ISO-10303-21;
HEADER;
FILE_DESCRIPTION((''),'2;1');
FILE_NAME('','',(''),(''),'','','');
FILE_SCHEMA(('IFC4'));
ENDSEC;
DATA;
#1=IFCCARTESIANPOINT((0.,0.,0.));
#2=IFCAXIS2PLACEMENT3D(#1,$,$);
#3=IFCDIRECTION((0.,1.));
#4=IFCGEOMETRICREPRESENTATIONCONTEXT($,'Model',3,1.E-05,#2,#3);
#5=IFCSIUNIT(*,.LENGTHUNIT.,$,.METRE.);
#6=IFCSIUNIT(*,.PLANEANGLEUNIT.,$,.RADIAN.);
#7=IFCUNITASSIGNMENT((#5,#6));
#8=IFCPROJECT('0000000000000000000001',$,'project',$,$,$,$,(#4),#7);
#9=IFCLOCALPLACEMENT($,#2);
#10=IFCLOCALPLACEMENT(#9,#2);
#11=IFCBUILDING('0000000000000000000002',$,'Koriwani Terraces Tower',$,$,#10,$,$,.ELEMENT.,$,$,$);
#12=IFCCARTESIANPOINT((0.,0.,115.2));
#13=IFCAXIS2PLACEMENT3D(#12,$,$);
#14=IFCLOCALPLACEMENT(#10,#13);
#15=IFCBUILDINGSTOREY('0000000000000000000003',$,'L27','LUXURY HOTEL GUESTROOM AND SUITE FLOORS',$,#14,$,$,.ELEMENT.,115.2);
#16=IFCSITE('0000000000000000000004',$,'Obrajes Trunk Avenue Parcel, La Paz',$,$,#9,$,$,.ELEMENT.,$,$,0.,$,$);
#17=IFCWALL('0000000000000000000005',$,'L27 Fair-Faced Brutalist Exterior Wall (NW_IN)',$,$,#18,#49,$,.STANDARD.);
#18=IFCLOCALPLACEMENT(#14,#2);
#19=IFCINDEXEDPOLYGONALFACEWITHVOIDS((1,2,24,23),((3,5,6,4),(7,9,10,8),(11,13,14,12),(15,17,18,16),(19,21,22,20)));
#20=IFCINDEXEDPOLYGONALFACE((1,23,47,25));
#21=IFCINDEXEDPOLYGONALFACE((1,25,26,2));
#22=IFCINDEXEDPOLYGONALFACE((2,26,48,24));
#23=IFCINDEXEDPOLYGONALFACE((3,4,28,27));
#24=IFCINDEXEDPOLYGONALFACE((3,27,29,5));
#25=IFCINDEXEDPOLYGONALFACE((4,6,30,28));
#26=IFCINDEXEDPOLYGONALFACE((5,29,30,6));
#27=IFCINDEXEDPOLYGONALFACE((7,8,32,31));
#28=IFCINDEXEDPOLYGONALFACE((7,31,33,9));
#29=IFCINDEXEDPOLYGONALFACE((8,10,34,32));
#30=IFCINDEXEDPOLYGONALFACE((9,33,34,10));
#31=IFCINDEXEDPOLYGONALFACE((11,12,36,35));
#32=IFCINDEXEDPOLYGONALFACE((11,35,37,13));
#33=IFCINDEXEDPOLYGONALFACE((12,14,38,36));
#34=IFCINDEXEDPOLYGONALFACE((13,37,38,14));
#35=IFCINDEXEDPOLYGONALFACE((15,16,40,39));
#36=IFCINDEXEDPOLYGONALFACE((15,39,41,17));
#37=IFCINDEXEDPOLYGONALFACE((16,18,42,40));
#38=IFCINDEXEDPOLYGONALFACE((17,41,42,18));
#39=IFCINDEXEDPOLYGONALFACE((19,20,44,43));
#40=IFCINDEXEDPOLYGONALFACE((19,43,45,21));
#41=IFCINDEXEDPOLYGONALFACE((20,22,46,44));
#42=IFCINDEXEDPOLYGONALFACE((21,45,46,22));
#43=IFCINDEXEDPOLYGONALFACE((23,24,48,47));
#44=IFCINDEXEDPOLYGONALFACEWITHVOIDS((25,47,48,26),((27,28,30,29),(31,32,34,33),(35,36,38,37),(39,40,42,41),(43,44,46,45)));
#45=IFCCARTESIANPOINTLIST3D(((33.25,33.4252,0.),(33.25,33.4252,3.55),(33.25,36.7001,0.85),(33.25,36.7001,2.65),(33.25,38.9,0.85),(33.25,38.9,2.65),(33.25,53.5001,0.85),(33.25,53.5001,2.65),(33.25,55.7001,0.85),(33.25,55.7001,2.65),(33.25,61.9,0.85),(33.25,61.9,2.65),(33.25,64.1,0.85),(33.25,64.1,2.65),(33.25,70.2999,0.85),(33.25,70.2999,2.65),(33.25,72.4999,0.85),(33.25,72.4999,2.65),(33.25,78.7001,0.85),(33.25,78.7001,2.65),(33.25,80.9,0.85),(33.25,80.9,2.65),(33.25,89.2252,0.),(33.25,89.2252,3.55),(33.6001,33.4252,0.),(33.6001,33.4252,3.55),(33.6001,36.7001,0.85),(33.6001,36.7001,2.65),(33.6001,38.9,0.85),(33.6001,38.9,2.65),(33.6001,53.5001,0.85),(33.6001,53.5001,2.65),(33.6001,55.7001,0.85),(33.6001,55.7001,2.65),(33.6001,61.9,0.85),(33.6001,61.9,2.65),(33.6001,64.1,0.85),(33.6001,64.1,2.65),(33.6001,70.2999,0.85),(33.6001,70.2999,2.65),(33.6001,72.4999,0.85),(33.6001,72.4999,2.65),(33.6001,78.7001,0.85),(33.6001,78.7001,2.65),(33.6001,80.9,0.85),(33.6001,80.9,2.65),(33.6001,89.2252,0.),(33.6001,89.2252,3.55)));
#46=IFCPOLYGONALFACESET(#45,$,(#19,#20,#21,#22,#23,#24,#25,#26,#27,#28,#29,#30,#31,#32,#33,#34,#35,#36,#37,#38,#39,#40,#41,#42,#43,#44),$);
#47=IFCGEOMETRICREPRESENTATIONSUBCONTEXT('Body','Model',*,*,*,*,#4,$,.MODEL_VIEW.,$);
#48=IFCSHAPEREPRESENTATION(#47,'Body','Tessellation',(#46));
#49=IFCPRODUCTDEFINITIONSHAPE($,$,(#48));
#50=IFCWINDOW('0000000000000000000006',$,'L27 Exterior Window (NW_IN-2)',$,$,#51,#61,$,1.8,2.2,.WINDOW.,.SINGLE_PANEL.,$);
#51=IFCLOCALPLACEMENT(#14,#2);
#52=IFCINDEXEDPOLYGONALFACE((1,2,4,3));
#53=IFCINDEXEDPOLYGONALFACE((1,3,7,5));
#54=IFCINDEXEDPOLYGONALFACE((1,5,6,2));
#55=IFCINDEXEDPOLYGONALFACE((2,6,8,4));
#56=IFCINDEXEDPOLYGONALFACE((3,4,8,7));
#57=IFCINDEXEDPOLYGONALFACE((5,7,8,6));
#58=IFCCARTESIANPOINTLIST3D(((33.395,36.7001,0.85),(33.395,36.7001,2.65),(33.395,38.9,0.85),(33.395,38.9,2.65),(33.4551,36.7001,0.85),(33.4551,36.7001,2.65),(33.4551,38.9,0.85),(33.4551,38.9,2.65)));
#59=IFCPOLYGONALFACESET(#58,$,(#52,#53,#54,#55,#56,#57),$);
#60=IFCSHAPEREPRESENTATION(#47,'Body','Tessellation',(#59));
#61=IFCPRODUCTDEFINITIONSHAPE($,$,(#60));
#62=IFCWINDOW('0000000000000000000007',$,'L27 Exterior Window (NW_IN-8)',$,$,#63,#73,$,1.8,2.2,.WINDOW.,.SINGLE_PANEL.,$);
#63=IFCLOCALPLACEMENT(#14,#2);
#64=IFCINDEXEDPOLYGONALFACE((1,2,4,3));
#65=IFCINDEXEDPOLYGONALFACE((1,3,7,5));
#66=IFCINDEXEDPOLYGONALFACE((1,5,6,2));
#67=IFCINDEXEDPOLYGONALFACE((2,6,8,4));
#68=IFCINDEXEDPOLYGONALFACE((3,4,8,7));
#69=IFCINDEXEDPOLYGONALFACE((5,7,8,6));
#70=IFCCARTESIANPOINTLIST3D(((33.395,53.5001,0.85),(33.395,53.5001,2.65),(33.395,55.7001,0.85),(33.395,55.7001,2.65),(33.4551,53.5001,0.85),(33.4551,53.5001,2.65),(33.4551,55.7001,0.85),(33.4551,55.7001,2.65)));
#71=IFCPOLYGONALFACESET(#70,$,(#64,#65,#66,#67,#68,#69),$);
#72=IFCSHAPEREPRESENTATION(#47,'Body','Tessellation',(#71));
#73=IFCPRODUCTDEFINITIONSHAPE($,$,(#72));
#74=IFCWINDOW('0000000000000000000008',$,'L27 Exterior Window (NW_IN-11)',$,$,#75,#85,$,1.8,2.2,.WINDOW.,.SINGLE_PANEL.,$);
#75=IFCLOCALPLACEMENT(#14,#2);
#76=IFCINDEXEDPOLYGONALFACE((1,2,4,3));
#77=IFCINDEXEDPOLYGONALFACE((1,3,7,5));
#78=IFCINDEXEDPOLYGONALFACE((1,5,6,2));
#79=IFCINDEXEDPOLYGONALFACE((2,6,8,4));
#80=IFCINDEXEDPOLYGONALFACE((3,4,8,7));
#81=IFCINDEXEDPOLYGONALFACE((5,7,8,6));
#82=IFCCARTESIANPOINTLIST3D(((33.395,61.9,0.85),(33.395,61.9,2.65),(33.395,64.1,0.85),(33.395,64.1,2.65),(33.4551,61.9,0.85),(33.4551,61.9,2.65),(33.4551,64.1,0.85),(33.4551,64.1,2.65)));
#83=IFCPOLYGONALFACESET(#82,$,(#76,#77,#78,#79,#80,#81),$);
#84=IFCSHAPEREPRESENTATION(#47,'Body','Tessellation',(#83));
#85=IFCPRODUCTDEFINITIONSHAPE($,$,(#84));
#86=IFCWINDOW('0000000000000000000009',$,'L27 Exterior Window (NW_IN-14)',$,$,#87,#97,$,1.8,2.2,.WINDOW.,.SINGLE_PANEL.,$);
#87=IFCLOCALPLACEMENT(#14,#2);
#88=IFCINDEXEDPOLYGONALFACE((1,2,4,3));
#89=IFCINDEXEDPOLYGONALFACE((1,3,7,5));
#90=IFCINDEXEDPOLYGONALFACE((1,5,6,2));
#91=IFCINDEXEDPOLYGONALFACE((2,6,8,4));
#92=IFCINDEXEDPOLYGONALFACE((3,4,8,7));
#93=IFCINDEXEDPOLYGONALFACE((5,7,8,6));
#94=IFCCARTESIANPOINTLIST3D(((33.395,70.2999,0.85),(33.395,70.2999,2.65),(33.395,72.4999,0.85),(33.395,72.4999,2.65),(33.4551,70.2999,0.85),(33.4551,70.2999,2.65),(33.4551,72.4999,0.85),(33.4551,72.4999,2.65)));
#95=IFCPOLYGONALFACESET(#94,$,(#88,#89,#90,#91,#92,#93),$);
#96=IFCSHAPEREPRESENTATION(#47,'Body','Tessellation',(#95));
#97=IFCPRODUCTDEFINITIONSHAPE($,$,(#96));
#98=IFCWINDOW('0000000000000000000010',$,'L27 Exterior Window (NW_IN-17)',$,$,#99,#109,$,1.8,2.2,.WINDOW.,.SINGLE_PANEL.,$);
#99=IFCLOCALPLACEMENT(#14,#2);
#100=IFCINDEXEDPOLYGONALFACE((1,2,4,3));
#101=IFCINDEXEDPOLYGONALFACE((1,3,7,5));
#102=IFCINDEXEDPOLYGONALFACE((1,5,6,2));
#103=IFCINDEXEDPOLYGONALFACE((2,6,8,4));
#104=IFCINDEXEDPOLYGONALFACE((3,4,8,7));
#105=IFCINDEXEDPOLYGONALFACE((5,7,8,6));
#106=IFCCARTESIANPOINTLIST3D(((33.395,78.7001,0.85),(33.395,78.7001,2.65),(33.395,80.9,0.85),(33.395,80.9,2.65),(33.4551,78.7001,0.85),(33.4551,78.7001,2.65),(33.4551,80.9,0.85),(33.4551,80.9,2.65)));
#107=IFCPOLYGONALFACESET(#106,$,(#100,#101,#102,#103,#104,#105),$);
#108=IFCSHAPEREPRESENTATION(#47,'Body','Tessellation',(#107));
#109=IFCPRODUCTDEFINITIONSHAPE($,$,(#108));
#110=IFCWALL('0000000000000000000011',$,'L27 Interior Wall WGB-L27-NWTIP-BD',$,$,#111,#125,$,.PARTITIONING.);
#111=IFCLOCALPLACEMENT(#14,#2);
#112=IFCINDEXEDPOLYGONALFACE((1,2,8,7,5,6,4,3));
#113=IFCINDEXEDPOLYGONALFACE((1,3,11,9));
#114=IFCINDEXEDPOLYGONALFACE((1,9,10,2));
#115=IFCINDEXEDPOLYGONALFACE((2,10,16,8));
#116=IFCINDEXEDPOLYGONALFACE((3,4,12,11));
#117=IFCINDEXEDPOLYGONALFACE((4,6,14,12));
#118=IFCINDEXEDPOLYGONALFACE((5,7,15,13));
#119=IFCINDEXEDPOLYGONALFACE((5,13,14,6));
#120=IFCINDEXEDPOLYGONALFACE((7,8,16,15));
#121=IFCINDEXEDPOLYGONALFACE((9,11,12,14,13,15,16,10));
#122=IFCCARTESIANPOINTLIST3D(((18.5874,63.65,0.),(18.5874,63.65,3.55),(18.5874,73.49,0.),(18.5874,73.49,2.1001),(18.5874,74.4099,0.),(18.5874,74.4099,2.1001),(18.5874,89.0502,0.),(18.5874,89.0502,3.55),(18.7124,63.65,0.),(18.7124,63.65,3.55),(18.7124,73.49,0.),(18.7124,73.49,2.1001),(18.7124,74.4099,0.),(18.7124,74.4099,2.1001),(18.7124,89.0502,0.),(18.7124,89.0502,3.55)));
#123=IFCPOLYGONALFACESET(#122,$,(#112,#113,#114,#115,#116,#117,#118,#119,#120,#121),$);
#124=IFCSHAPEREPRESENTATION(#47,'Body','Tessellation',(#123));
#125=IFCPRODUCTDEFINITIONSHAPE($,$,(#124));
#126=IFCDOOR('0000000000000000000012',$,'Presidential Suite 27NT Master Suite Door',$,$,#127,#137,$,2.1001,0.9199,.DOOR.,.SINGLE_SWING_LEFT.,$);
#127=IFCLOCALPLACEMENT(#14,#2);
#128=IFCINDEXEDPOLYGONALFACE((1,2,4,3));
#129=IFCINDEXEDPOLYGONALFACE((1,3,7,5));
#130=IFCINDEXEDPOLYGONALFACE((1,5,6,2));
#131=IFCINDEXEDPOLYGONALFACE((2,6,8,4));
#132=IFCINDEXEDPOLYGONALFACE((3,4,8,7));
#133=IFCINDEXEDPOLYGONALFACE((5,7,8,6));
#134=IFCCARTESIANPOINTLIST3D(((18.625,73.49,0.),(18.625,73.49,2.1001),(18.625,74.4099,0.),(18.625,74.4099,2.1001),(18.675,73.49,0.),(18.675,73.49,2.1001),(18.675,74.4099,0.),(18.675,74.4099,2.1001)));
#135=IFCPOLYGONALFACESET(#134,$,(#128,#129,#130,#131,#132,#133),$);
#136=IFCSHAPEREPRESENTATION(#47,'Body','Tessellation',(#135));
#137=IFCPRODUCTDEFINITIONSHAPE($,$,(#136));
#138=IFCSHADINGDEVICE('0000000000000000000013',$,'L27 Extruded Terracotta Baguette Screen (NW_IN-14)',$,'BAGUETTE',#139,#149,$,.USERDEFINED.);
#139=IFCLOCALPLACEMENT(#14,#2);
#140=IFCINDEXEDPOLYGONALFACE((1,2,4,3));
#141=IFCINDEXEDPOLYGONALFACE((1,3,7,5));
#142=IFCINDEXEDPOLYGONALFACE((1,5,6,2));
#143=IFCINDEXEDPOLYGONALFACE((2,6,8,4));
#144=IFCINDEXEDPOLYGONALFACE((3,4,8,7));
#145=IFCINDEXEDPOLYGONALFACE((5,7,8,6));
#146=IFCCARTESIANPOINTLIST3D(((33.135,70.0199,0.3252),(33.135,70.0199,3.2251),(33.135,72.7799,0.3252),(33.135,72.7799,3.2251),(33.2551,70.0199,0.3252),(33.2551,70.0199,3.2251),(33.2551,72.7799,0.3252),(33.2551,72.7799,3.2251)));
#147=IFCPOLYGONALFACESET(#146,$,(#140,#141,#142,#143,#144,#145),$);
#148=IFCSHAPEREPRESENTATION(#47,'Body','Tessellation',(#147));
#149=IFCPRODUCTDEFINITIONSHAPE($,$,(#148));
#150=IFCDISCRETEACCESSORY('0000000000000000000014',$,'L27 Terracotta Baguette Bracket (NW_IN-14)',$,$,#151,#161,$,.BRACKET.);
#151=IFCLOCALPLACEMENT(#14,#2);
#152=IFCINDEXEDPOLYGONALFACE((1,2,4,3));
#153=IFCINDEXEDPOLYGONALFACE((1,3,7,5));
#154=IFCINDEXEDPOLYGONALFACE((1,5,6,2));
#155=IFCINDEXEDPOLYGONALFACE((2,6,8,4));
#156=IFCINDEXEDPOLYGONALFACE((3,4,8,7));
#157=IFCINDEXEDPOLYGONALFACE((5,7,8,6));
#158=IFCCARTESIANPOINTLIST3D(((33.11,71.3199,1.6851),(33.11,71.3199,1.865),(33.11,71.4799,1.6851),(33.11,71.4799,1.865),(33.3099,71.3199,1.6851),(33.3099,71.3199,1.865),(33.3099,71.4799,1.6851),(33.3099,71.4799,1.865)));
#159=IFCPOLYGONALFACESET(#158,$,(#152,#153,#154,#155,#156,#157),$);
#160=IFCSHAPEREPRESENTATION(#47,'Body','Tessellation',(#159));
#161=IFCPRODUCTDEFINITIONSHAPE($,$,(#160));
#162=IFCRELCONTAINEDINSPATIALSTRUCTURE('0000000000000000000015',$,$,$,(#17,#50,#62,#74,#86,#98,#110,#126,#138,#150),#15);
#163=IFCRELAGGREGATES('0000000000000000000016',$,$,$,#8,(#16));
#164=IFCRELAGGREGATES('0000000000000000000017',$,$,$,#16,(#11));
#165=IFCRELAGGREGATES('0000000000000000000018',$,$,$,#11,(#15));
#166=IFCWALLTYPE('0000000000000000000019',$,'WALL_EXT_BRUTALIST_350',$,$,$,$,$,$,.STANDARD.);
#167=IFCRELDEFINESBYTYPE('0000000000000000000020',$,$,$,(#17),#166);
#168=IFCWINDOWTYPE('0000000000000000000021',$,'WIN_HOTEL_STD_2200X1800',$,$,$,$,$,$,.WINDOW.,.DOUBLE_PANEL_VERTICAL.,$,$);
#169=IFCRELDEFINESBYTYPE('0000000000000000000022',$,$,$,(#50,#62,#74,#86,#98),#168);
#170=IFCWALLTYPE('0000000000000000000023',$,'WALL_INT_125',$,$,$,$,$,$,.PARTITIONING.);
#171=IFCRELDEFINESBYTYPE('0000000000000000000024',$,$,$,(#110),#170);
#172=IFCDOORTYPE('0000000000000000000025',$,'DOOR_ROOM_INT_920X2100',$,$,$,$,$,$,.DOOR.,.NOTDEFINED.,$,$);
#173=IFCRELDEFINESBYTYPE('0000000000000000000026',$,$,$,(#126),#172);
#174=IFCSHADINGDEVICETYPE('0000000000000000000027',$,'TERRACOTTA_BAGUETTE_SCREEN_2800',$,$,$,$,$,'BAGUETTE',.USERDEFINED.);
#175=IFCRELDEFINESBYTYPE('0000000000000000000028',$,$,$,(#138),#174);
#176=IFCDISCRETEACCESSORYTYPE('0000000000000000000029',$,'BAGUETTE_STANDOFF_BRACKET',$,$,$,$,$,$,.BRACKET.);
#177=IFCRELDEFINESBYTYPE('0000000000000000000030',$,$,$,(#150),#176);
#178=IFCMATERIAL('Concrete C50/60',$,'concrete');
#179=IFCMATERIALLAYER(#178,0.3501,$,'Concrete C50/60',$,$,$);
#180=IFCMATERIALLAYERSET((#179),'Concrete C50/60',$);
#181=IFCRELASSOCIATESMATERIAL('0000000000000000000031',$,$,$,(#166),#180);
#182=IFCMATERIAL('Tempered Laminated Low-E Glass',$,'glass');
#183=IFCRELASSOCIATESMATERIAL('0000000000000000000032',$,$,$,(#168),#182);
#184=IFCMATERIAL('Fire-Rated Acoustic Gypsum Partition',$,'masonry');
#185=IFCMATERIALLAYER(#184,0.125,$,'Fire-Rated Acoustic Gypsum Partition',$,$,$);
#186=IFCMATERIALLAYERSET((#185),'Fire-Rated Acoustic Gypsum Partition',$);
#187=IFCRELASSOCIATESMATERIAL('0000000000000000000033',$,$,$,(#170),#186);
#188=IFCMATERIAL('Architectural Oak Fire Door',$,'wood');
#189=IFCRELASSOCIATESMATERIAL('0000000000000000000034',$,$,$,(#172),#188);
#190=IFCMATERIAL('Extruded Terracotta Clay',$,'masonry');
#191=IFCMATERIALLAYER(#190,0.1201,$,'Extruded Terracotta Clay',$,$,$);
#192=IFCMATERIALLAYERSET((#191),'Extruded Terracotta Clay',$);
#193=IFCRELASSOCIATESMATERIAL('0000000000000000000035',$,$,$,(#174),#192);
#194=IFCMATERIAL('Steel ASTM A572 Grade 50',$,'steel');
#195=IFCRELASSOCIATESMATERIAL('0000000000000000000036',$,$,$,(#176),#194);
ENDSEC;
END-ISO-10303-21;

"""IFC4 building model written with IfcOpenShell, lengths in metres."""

from ifc_helpers import new_model, si_unit, direction, frame, frame_2d, origin, origin_2d, place, context, subcontext, project, spatial, rectangle, extrude, material, layer, layer_set, type_object, element, fill, save


model = new_model("IFC4")

# Units and contexts
model_context = context("Model", 3, precision=1e-05, world=origin(), true_north=direction((0.0, 1.0)))
body_context = subcontext(model_context, "Body", "Model", "MODEL_VIEW")
ifc_project = project(units=[si_unit("LENGTHUNIT", "METRE"), si_unit("PLANEANGLEUNIT", "RADIAN")], contexts=[model_context])

# Site, building, storey
site_placement = place(None, origin())
site = spatial("IfcSite", under=ifc_project, at=site_placement, Name="Obrajes Trunk Avenue Parcel, La Paz", CompositionType="ELEMENT", RefElevation=0.0)
building_placement = place(site_placement, origin())
building = spatial("IfcBuilding", under=site, at=building_placement, Name="Koriwani Terraces Tower", CompositionType="ELEMENT")
storey_placement = place(building_placement, frame((0.0, 0.0, 115.2)))
storey = spatial("IfcBuildingStorey", under=building, at=storey_placement, Name="L27", Description="LUXURY HOTEL GUESTROOM AND SUITE FLOORS", CompositionType="ELEMENT", Elevation=115.2)

# Shared definitions
ifc_material_1 = material(Name="Concrete C50/60", Category="concrete")
ifc_material_2 = material(Name="Steel ASTM A572 Grade 50", Category="steel")

# Shared definitions
ifc_layer_1 = layer(ifc_material_1, 0.3501, Name="Concrete C50/60")
ifc_layer_set_1 = layer_set([ifc_layer_1], Name="Concrete C50/60")
wall_type_1 = type_object("IfcWallType", Name="WALL_EXT_BRUTALIST_350", PredefinedType="STANDARD", material=ifc_layer_set_1)

# Shared definitions
ifc_material_3 = material(Name="Tempered Laminated Low-E Glass", Category="glass")

# Wall, openings, windows
wall_1_placement = place(storey_placement, frame((33.425, 89.2251, 0.0), z_axis=(0.0, 0.0, 1.0), x_axis=(0.0, -1.0, 0.0)))
wall_1 = element("IfcWall", 1, at=wall_1_placement, inside=storey, type_object=wall_type_1, Name="L27 Fair-Faced Brutalist Exterior Wall (NW_IN)", PredefinedType="STANDARD", context=body_context, shape_type="SweptSolid", body=[
    extrude(rectangle(XDim=55.8, YDim=0.3501, at=frame_2d((27.8999, 0.0))), origin(), (0.0, 0.0, 1.0), 3.55),
])
opening_1_placement = place(wall_1_placement, frame((50.325, 0.0, 0.8501)))
opening_1 = element("IfcOpeningElement", 2, at=opening_1_placement, cuts=wall_1, PredefinedType="OPENING", context=body_context, shape_type="SweptSolid", body=[
    extrude(rectangle(XDim=2.2, YDim=1.8, at=frame_2d((1.1001, 0.8999))), frame((0.0, 0.1851, 0.0), z_axis=(0.0, -1.0, 0.0), x_axis=(1.0, 0.0, 0.0)), (0.0, 0.0, 1.0), 0.3701),
])
opening_2_placement = place(wall_1_placement, frame((33.5249, 0.0, 0.8501)))
opening_2 = element("IfcOpeningElement", 3, at=opening_2_placement, cuts=wall_1, PredefinedType="OPENING", context=body_context, shape_type="SweptSolid", body=[
    extrude(rectangle(XDim=2.2, YDim=1.8, at=frame_2d((1.1001, 0.8999))), frame((0.0, 0.1851, 0.0), z_axis=(0.0, -1.0, 0.0), x_axis=(1.0, 0.0, 0.0)), (0.0, 0.0, 1.0), 0.3701),
])
opening_3_placement = place(wall_1_placement, frame((25.125, 0.0, 0.8501)))
opening_3 = element("IfcOpeningElement", 4, at=opening_3_placement, cuts=wall_1, PredefinedType="OPENING", context=body_context, shape_type="SweptSolid", body=[
    extrude(rectangle(XDim=2.2, YDim=1.8, at=frame_2d((1.1001, 0.8999))), frame((0.0, 0.1851, 0.0), z_axis=(0.0, -1.0, 0.0), x_axis=(1.0, 0.0, 0.0)), (0.0, 0.0, 1.0), 0.3701),
])
opening_4_placement = place(wall_1_placement, frame((16.7251, 0.0, 0.8501)))
opening_4 = element("IfcOpeningElement", 5, at=opening_4_placement, cuts=wall_1, PredefinedType="OPENING", context=body_context, shape_type="SweptSolid", body=[
    extrude(rectangle(XDim=2.2, YDim=1.8, at=frame_2d((1.1001, 0.8999))), frame((0.0, 0.1851, 0.0), z_axis=(0.0, -1.0, 0.0), x_axis=(1.0, 0.0, 0.0)), (0.0, 0.0, 1.0), 0.3701),
])
opening_5_placement = place(wall_1_placement, frame((8.325, 0.0, 0.8501)))
opening_5 = element("IfcOpeningElement", 6, at=opening_5_placement, cuts=wall_1, PredefinedType="OPENING", context=body_context, shape_type="SweptSolid", body=[
    extrude(rectangle(XDim=2.2, YDim=1.8, at=frame_2d((1.1001, 0.8999))), frame((0.0, 0.1851, 0.0), z_axis=(0.0, -1.0, 0.0), x_axis=(1.0, 0.0, 0.0)), (0.0, 0.0, 1.0), 0.3701),
])
window_type_1 = type_object("IfcWindowType", Name="WIN_HOTEL_STD_2200X1800", PartitioningType="DOUBLE_PANEL_VERTICAL", PredefinedType="WINDOW", material=ifc_material_3)
window_1_placement = place(opening_1_placement, origin())
window_1 = element("IfcWindow", 7, at=window_1_placement, inside=storey, type_object=window_type_1, Name="L27 Exterior Window (NW_IN-2)", OverallHeight=1.8, OverallWidth=2.2, PartitioningType="SINGLE_PANEL", PredefinedType="WINDOW", context=body_context, shape_type="SweptSolid", body=[
    extrude(rectangle(XDim=2.2, YDim=1.8, at=frame_2d((1.1001, 0.8999))), frame((0.0, 0.03, 0.0), z_axis=(0.0, -1.0, 0.0), x_axis=(1.0, 0.0, 0.0)), (0.0, 0.0, 1.0), 0.0601),
])
fill(opening_1, window_1)
window_2_placement = place(opening_2_placement, origin())
window_2 = element("IfcWindow", 8, at=window_2_placement, inside=storey, type_object=window_type_1, Name="L27 Exterior Window (NW_IN-8)", OverallHeight=1.8, OverallWidth=2.2, PartitioningType="SINGLE_PANEL", PredefinedType="WINDOW", context=body_context, shape_type="SweptSolid", body=[
    extrude(rectangle(XDim=2.2, YDim=1.8, at=frame_2d((1.1001, 0.8999))), frame((0.0, 0.03, 0.0), z_axis=(0.0, -1.0, 0.0), x_axis=(1.0, 0.0, 0.0)), (0.0, 0.0, 1.0), 0.0601),
])
fill(opening_2, window_2)
window_3_placement = place(opening_3_placement, origin())
window_3 = element("IfcWindow", 9, at=window_3_placement, inside=storey, type_object=window_type_1, Name="L27 Exterior Window (NW_IN-11)", OverallHeight=1.8, OverallWidth=2.2, PartitioningType="SINGLE_PANEL", PredefinedType="WINDOW", context=body_context, shape_type="SweptSolid", body=[
    extrude(rectangle(XDim=2.2, YDim=1.8, at=frame_2d((1.1001, 0.8999))), frame((0.0, 0.03, 0.0), z_axis=(0.0, -1.0, 0.0), x_axis=(1.0, 0.0, 0.0)), (0.0, 0.0, 1.0), 0.0601),
])
fill(opening_3, window_3)
window_4_placement = place(opening_4_placement, origin())
window_4 = element("IfcWindow", 10, at=window_4_placement, inside=storey, type_object=window_type_1, Name="L27 Exterior Window (NW_IN-14)", OverallHeight=1.8, OverallWidth=2.2, PartitioningType="SINGLE_PANEL", PredefinedType="WINDOW", context=body_context, shape_type="SweptSolid", body=[
    extrude(rectangle(XDim=2.2, YDim=1.8, at=frame_2d((1.1001, 0.8999))), frame((0.0, 0.03, 0.0), z_axis=(0.0, -1.0, 0.0), x_axis=(1.0, 0.0, 0.0)), (0.0, 0.0, 1.0), 0.0601),
])
fill(opening_4, window_4)
window_5_placement = place(opening_5_placement, origin())
window_5 = element("IfcWindow", 11, at=window_5_placement, inside=storey, type_object=window_type_1, Name="L27 Exterior Window (NW_IN-17)", OverallHeight=1.8, OverallWidth=2.2, PartitioningType="SINGLE_PANEL", PredefinedType="WINDOW", context=body_context, shape_type="SweptSolid", body=[
    extrude(rectangle(XDim=2.2, YDim=1.8, at=frame_2d((1.1001, 0.8999))), frame((0.0, 0.03, 0.0), z_axis=(0.0, -1.0, 0.0), x_axis=(1.0, 0.0, 0.0)), (0.0, 0.0, 1.0), 0.0601),
])
fill(opening_5, window_5)

# Wall, opening, door
ifc_material_4 = material(Name="Fire-Rated Acoustic Gypsum Partition", Category="masonry")
ifc_layer_2 = layer(ifc_material_4, 0.125, Name="Fire-Rated Acoustic Gypsum Partition")
ifc_layer_set_2 = layer_set([ifc_layer_2], Name="Fire-Rated Acoustic Gypsum Partition")
wall_type_2 = type_object("IfcWallType", Name="WALL_INT_125", PredefinedType="PARTITIONING", material=ifc_layer_set_2)
wall_2_placement = place(storey_placement, frame((18.6499, 63.6499, 0.0), z_axis=(0.0, 0.0, 1.0), x_axis=(0.0, 1.0, 0.0)))
wall_2 = element("IfcWall", 12, at=wall_2_placement, inside=storey, type_object=wall_type_2, Name="L27 Interior Wall WGB-L27-NWTIP-BD", PredefinedType="PARTITIONING", context=body_context, shape_type="SweptSolid", body=[
    extrude(rectangle(XDim=25.4001, YDim=0.125, at=frame_2d((12.7002, 0.0))), origin(), (0.0, 0.0, 1.0), 3.55),
])
opening_6_placement = place(wall_2_placement, frame((9.8401, 0.0, 0.0)))
opening_6 = element("IfcOpeningElement", 13, at=opening_6_placement, cuts=wall_2, PredefinedType="OPENING", context=body_context, shape_type="SweptSolid", body=[
    extrude(rectangle(XDim=0.9199, YDim=2.1001, at=frame_2d((0.46, 1.05))), frame((0.0, 0.0725, 0.0), z_axis=(0.0, -1.0, 0.0), x_axis=(1.0, 0.0, 0.0)), (0.0, 0.0, 1.0), 0.145),
])
ifc_material_5 = material(Name="Architectural Oak Fire Door", Category="wood")
door_type = type_object("IfcDoorType", Name="DOOR_ROOM_INT_920X2100", OperationType="NOTDEFINED", PredefinedType="DOOR", material=ifc_material_5)
door_placement = place(opening_6_placement, origin())
door = element("IfcDoor", 14, at=door_placement, inside=storey, type_object=door_type, Name="Presidential Suite 27NT Master Suite Door", OperationType="SINGLE_SWING_LEFT", OverallHeight=2.1001, OverallWidth=0.9199, PredefinedType="DOOR", context=body_context, shape_type="SweptSolid", body=[
    extrude(rectangle(XDim=0.9199, YDim=2.1001, at=frame_2d((0.46, 1.05))), frame((0.0, 0.0249, 0.0), z_axis=(0.0, -1.0, 0.0), x_axis=(1.0, 0.0, 0.0)), (0.0, 0.0, 1.0), 0.05),
])
fill(opening_6, door)

# Shading device
ifc_material_6 = material(Name="Extruded Terracotta Clay", Category="masonry")
ifc_layer_3 = layer(ifc_material_6, 0.1201, Name="Extruded Terracotta Clay")
ifc_layer_set_3 = layer_set([ifc_layer_3], Name="Extruded Terracotta Clay")
shading_device_type = type_object("IfcShadingDeviceType", Name="TERRACOTTA_BAGUETTE_SCREEN_2800", ElementType="BAGUETTE", PredefinedType="USERDEFINED", material=ifc_layer_set_3)
shading_device_placement = place(storey_placement, frame((33.1951, 71.3999, 0.3252), z_axis=(0.0, 0.0, 1.0), x_axis=(0.0, -1.0, 0.0)))
element("IfcShadingDevice", 15, at=shading_device_placement, inside=storey, type_object=shading_device_type, Name="L27 Extruded Terracotta Baguette Screen (NW_IN-14)", ObjectType="BAGUETTE", PredefinedType="USERDEFINED", context=body_context, shape_type="SweptSolid", body=[
    extrude(rectangle(XDim=2.76, YDim=0.1201, at=origin_2d()), origin(), (0.0, 0.0, 1.0), 2.8999),
])

# Discrete accessory
discrete_accessory_type = type_object("IfcDiscreteAccessoryType", Name="BAGUETTE_STANDOFF_BRACKET", PredefinedType="BRACKET", material=ifc_material_2)
discrete_accessory_placement = place(storey_placement, frame((33.21, 71.3999, 1.6851), z_axis=(0.0, 0.0, 1.0), x_axis=(0.0, -1.0, 0.0)))
element("IfcDiscreteAccessory", 16, at=discrete_accessory_placement, inside=storey, type_object=discrete_accessory_type, Name="L27 Terracotta Baguette Bracket (NW_IN-14)", PredefinedType="BRACKET", context=body_context, shape_type="SweptSolid", body=[
    extrude(rectangle(XDim=0.1599, YDim=0.2, at=origin_2d()), origin(), (0.0, 0.0, 1.0), 0.1799),
])

save(model, "model.ifc")
